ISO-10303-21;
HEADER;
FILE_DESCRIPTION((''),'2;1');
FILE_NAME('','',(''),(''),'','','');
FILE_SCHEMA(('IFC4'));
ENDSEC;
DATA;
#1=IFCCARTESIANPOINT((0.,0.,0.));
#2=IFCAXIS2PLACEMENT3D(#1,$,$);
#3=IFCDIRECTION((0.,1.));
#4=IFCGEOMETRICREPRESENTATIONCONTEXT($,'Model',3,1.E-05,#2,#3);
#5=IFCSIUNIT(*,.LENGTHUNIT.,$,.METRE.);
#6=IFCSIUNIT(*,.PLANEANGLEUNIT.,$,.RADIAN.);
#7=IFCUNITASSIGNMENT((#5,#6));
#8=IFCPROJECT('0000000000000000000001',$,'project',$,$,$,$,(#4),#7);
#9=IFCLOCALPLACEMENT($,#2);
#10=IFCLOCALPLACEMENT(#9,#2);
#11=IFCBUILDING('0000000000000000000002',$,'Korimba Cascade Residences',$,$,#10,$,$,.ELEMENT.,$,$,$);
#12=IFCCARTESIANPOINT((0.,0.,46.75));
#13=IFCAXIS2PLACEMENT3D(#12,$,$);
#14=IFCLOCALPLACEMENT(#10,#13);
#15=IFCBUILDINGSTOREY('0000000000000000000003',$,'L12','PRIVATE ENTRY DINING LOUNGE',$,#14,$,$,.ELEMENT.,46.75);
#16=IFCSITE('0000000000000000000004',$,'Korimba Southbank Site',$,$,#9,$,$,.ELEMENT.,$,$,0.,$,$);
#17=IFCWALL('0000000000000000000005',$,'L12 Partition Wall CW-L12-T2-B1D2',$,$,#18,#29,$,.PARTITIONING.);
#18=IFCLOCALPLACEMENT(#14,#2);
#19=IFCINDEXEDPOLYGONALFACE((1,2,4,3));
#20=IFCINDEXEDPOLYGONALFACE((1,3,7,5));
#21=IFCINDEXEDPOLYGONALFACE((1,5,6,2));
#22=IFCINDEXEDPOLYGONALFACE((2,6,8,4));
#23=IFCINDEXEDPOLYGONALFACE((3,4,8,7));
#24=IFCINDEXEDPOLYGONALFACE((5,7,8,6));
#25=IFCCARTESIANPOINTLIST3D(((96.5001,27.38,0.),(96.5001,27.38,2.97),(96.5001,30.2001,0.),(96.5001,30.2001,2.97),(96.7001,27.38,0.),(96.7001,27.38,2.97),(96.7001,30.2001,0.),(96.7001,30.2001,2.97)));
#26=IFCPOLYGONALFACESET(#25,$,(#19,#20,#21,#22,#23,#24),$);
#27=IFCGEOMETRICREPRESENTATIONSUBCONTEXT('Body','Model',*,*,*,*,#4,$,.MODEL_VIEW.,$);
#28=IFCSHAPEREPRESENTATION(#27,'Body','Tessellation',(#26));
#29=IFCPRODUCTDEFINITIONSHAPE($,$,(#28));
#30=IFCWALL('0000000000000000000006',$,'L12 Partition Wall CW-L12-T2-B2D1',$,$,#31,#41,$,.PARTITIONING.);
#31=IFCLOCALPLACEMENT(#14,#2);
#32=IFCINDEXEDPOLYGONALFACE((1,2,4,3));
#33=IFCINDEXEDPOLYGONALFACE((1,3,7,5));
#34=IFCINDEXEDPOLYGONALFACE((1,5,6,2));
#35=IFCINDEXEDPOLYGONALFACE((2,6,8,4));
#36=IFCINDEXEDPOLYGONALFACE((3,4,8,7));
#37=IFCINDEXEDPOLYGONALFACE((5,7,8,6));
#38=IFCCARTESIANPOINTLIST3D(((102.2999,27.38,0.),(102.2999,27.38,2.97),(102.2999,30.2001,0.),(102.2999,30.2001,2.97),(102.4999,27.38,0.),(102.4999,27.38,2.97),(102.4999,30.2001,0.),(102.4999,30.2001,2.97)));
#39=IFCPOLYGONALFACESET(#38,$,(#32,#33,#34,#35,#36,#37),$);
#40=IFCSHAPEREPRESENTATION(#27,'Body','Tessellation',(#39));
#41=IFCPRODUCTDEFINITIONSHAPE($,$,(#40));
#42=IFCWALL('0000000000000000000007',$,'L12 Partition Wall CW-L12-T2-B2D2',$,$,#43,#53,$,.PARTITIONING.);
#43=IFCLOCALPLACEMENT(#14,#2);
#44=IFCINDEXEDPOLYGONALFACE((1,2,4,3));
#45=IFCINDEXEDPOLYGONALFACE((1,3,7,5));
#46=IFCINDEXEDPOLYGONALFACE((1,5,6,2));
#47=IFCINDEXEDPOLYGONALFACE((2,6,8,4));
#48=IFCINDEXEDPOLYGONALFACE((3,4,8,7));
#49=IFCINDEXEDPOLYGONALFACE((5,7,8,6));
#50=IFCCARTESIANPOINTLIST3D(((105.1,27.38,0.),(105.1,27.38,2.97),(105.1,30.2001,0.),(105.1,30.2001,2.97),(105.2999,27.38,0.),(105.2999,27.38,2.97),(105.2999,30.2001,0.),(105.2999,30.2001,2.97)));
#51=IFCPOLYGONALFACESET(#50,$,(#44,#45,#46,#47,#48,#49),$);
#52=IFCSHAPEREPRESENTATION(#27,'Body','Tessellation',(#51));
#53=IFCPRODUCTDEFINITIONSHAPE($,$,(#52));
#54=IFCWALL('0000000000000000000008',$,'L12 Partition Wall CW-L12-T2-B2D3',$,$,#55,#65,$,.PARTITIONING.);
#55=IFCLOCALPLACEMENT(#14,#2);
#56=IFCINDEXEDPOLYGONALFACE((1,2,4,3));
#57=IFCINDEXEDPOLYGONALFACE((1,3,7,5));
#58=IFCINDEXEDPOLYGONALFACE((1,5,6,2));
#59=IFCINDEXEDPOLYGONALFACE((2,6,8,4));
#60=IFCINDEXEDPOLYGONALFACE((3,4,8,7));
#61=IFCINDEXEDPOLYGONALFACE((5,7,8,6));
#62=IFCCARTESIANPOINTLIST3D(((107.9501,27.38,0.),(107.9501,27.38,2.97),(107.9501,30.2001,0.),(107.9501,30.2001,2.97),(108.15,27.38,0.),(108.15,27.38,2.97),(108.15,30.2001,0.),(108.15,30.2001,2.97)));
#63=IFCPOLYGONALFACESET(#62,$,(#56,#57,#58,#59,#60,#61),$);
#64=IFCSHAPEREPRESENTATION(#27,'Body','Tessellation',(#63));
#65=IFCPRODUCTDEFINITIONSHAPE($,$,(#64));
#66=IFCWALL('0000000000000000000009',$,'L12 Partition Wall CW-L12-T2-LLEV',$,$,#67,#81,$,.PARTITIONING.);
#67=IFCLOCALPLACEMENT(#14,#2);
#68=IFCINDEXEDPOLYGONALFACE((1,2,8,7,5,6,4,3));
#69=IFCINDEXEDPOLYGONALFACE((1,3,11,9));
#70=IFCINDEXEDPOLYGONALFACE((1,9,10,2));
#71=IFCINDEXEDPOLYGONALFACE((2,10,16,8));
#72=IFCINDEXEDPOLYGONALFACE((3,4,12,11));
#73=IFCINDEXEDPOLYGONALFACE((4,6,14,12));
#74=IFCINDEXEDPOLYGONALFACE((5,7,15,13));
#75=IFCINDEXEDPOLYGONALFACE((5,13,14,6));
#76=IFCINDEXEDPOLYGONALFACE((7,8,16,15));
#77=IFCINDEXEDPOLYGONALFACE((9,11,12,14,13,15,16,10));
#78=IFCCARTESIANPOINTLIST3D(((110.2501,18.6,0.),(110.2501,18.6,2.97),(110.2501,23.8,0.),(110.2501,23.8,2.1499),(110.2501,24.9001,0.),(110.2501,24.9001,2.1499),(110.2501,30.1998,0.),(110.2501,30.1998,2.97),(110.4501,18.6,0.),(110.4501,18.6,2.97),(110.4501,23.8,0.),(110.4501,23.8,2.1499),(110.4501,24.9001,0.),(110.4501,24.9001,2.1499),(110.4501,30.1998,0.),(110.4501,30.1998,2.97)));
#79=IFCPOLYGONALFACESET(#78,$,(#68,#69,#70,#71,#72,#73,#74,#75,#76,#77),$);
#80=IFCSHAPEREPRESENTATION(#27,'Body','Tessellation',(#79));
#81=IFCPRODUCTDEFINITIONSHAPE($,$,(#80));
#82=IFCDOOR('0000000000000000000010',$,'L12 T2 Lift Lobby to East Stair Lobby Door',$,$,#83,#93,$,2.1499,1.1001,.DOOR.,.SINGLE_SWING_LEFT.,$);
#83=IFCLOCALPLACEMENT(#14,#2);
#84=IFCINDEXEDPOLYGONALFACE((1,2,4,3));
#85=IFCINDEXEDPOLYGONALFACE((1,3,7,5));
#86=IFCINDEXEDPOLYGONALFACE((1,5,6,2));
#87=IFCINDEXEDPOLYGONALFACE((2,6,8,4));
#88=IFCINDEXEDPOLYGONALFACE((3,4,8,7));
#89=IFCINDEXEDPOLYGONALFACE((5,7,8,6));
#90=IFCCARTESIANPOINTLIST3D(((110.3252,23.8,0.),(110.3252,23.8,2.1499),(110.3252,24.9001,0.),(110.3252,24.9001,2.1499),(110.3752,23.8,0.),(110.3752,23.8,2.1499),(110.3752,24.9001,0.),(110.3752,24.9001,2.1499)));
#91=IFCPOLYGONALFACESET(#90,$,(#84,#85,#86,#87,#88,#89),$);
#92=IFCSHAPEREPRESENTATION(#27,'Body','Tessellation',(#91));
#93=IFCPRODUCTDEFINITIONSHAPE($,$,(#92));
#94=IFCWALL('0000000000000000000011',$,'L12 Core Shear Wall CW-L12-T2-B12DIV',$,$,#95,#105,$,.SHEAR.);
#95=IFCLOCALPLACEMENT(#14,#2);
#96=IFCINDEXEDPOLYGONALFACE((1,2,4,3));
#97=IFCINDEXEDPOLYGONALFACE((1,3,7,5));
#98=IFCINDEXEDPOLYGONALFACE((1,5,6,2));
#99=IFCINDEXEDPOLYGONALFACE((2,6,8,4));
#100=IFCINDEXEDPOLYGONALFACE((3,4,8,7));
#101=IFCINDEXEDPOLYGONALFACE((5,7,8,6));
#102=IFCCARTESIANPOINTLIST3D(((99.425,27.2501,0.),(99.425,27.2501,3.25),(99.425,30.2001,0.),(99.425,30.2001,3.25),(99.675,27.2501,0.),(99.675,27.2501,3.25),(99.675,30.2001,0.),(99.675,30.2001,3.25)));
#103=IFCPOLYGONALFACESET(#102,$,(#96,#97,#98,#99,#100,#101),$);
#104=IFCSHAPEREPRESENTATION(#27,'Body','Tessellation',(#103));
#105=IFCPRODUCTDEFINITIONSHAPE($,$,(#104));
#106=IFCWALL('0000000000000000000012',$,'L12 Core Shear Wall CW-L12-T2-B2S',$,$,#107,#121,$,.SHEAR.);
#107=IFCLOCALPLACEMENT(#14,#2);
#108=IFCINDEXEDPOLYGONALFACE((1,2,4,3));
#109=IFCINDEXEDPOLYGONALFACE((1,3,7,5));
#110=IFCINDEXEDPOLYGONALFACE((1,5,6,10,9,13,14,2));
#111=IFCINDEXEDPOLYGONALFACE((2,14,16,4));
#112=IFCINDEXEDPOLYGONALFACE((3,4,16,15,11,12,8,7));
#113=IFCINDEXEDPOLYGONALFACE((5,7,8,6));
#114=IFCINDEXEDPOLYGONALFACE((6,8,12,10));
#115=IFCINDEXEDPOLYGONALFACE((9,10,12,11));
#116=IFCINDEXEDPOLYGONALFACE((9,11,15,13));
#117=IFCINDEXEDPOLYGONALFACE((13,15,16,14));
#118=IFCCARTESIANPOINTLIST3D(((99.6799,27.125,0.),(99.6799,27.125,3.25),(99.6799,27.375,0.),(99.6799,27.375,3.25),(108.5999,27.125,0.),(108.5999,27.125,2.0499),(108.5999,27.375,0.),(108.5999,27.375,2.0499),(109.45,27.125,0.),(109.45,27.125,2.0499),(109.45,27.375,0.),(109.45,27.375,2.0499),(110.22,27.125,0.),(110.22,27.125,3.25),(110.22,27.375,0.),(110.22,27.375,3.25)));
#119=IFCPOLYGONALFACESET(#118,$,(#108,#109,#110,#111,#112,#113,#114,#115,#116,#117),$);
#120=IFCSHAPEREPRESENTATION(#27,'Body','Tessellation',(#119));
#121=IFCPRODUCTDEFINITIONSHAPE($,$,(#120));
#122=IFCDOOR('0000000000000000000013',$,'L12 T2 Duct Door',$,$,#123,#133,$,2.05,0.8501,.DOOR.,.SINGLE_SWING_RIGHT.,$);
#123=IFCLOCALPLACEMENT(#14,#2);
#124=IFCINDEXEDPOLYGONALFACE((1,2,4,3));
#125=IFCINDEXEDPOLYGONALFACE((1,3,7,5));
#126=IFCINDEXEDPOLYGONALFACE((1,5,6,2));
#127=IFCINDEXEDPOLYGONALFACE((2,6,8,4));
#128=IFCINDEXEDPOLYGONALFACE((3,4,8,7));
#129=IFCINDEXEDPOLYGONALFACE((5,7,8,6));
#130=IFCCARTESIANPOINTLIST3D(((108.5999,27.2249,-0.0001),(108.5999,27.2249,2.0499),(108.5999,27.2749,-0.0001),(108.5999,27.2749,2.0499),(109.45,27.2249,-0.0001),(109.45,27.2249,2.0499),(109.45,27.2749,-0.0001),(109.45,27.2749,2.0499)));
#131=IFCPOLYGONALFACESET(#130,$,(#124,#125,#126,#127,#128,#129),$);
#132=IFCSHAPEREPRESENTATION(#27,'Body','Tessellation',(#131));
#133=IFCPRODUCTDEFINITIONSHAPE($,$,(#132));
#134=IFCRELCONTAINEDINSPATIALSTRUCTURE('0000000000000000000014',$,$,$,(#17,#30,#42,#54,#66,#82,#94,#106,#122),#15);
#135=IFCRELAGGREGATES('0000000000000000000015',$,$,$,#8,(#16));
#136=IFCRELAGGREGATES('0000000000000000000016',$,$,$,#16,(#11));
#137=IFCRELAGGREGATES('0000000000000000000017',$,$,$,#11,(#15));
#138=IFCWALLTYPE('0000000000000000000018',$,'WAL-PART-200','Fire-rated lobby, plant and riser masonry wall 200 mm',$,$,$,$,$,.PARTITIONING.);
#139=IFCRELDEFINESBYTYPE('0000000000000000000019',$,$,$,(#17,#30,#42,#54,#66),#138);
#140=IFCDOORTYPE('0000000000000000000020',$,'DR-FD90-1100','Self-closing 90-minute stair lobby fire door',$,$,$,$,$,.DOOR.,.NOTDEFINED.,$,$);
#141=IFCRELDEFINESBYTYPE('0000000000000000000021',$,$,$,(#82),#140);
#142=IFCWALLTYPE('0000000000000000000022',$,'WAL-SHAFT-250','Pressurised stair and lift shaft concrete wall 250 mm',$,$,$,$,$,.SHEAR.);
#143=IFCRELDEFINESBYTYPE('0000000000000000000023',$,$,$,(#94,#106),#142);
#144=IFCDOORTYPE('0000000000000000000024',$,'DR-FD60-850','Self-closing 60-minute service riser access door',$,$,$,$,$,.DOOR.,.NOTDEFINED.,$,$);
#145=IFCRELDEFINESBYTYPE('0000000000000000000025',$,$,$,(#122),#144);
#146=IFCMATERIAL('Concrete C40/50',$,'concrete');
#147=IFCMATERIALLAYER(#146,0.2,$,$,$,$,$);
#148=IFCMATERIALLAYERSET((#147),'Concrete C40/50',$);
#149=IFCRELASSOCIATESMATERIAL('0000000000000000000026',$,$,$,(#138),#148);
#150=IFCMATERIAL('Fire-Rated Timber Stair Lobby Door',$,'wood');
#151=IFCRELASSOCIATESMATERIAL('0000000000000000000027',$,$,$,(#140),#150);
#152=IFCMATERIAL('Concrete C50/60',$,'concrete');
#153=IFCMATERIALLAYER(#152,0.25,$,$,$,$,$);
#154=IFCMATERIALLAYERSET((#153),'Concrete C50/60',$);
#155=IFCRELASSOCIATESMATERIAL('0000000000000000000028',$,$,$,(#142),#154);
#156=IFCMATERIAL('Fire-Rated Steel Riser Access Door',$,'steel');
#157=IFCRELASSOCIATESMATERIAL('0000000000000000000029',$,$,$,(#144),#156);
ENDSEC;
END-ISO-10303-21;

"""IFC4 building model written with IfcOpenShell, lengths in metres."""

from ifc_helpers import new_model, si_unit, direction, frame, frame_2d, origin, place, context, subcontext, project, spatial, rectangle, extrude, material, layer, layer_set, type_object, element, fill, save


model = new_model("IFC4")

# Units and contexts
model_context = context("Model", 3, precision=1e-05, world=origin(), true_north=direction((0.0, 1.0)))
body_context = subcontext(model_context, "Body", "Model", "MODEL_VIEW")
ifc_project = project(units=[si_unit("LENGTHUNIT", "METRE"), si_unit("PLANEANGLEUNIT", "RADIAN")], contexts=[model_context])

# Site, building, storey
site_placement = place(None, origin())
site = spatial("IfcSite", under=ifc_project, at=site_placement, Name="Korimba Southbank Site", CompositionType="ELEMENT", RefElevation=0.0)
building_placement = place(site_placement, origin())
building = spatial("IfcBuilding", under=site, at=building_placement, Name="Korimba Cascade Residences", CompositionType="ELEMENT")
storey_placement = place(building_placement, frame((0.0, 0.0, 46.75)))
storey = spatial("IfcBuildingStorey", under=building, at=storey_placement, Name="L12", Description="PRIVATE ENTRY DINING LOUNGE", CompositionType="ELEMENT", Elevation=46.75)

# Shared definitions
ifc_material_1 = material(Name="Concrete C50/60", Category="concrete")

# Walls
ifc_material_2 = material(Name="Concrete C40/50", Category="concrete")
ifc_layer_1 = layer(ifc_material_2, 0.2)
ifc_layer_set_1 = layer_set([ifc_layer_1], Name="Concrete C40/50")
wall_type_1 = type_object("IfcWallType", Name="WAL-PART-200", Description="Fire-rated lobby, plant and riser masonry wall 200 mm", PredefinedType="PARTITIONING", material=ifc_layer_set_1)
for number, where, z_axis, x_axis, name in (
    (1, (96.6001, 27.3799, 0.0), (0.0, 0.0, 1.0), (0.0, 1.0, 0.0), "L12 Partition Wall CW-L12-T2-B1D2"),
    (2, (102.3999, 27.3799, 0.0), (0.0, 0.0, 1.0), (0.0, 1.0, 0.0), "L12 Partition Wall CW-L12-T2-B2D1"),
    (3, (105.2, 27.3799, 0.0), (0.0, 0.0, 1.0), (0.0, 1.0, 0.0), "L12 Partition Wall CW-L12-T2-B2D2"),
    (4, (108.05, 27.3799, 0.0), (0.0, 0.0, 1.0), (0.0, 1.0, 0.0), "L12 Partition Wall CW-L12-T2-B2D3"),
):
    element("IfcWall", number, at=place(storey_placement, frame(where, z_axis=z_axis, x_axis=x_axis)), inside=storey, type_object=wall_type_1, Name=name, PredefinedType="PARTITIONING", context=body_context, shape_type="SweptSolid", body=[
        extrude(rectangle(XDim=2.8201, YDim=0.2, at=frame_2d((1.4102, 0.0))), origin(), (0.0, 0.0, 1.0), 2.97),
    ])

# Wall, opening, door
wall_1_placement = place(storey_placement, frame((110.3501, 18.6001, 0.0), z_axis=(0.0, 0.0, 1.0), x_axis=(0.0, 1.0, 0.0)))
wall_1 = element("IfcWall", 5, at=wall_1_placement, inside=storey, type_object=wall_type_1, Name="L12 Partition Wall CW-L12-T2-LLEV", PredefinedType="PARTITIONING", context=body_context, shape_type="SweptSolid", body=[
    extrude(rectangle(XDim=11.5999, YDim=0.2, at=frame_2d((5.7998, 0.0))), origin(), (0.0, 0.0, 1.0), 2.97),
])
opening_1_placement = place(wall_1_placement, frame((5.2, 0.0, 0.0)))
opening_1 = element("IfcOpeningElement", 6, at=opening_1_placement, cuts=wall_1, PredefinedType="OPENING", context=body_context, shape_type="SweptSolid", body=[
    extrude(rectangle(XDim=1.1001, YDim=2.1499, at=frame_2d((0.55, 1.075))), frame((0.0, 0.1099, 0.0), z_axis=(0.0, -1.0, 0.0), x_axis=(1.0, 0.0, 0.0)), (0.0, 0.0, 1.0), 0.22),
])
ifc_material_3 = material(Name="Fire-Rated Timber Stair Lobby Door", Category="wood")
door_type_1 = type_object("IfcDoorType", Name="DR-FD90-1100", Description="Self-closing 90-minute stair lobby fire door", OperationType="NOTDEFINED", PredefinedType="DOOR", material=ifc_material_3)
door_1_placement = place(opening_1_placement, origin())
door_1 = element("IfcDoor", 7, at=door_1_placement, inside=storey, type_object=door_type_1, Name="L12 T2 Lift Lobby to East Stair Lobby Door", OperationType="SINGLE_SWING_LEFT", OverallHeight=2.1499, OverallWidth=1.1001, PredefinedType="DOOR", context=body_context, shape_type="SweptSolid", body=[
    extrude(rectangle(XDim=1.1001, YDim=2.1499, at=frame_2d((0.55, 1.075))), frame((0.0, 0.0249, 0.0), z_axis=(0.0, -1.0, 0.0), x_axis=(1.0, 0.0, 0.0)), (0.0, 0.0, 1.0), 0.05),
])
fill(opening_1, door_1)

# Wall
ifc_layer_2 = layer(ifc_material_1, 0.25)
ifc_layer_set_2 = layer_set([ifc_layer_2], Name="Concrete C50/60")
wall_type_2 = type_object("IfcWallType", Name="WAL-SHAFT-250", Description="Pressurised stair and lift shaft concrete wall 250 mm", PredefinedType="SHEAR", material=ifc_layer_set_2)
wall_2_placement = place(storey_placement, frame((99.55, 27.25, 0.0), z_axis=(0.0, 0.0, 1.0), x_axis=(0.0, 1.0, 0.0)))
element("IfcWall", 8, at=wall_2_placement, inside=storey, type_object=wall_type_2, Name="L12 Core Shear Wall CW-L12-T2-B12DIV", PredefinedType="SHEAR", context=body_context, shape_type="SweptSolid", body=[
    extrude(rectangle(XDim=2.95, YDim=0.25, at=frame_2d((1.4751, 0.0))), origin(), (0.0, 0.0, 1.0), 3.25),
])

# Wall, opening, door
wall_3_placement = place(storey_placement, frame((99.6799, 27.25, 0.0), z_axis=(0.0, 0.0, 1.0), x_axis=(1.0, 0.0, 0.0)))
wall_3 = element("IfcWall", 9, at=wall_3_placement, inside=storey, type_object=wall_type_2, Name="L12 Core Shear Wall CW-L12-T2-B2S", PredefinedType="SHEAR", context=body_context, shape_type="SweptSolid", body=[
    extrude(rectangle(XDim=10.54, YDim=0.25, at=frame_2d((5.27, 0.0))), origin(), (0.0, 0.0, 1.0), 3.25),
])
opening_2_placement = place(wall_3_placement, frame((8.9199, 0.0, 0.0)))
opening_2 = element("IfcOpeningElement", 10, at=opening_2_placement, cuts=wall_3, PredefinedType="OPENING", context=body_context, shape_type="SweptSolid", body=[
    extrude(rectangle(XDim=0.8501, YDim=2.05, at=frame_2d((0.425, 1.0249))), frame((0.0, 0.135, 0.0), z_axis=(0.0, -1.0, 0.0), x_axis=(1.0, 0.0, 0.0)), (0.0, 0.0, 1.0), 0.27),
])
ifc_material_4 = material(Name="Fire-Rated Steel Riser Access Door", Category="steel")
door_type_2 = type_object("IfcDoorType", Name="DR-FD60-850", Description="Self-closing 60-minute service riser access door", OperationType="NOTDEFINED", PredefinedType="DOOR", material=ifc_material_4)
door_2_placement = place(opening_2_placement, origin())
door_2 = element("IfcDoor", 11, at=door_2_placement, inside=storey, type_object=door_type_2, Name="L12 T2 Duct Door", OperationType="SINGLE_SWING_RIGHT", OverallHeight=2.05, OverallWidth=0.8501, PredefinedType="DOOR", context=body_context, shape_type="SweptSolid", body=[
    extrude(rectangle(XDim=0.8501, YDim=2.05, at=frame_2d((0.425, 1.0249))), frame((0.0, 0.0249, 0.0), z_axis=(0.0, -1.0, 0.0), x_axis=(1.0, 0.0, 0.0)), (0.0, 0.0, 1.0), 0.05),
])
fill(opening_2, door_2)

save(model, "model.ifc")
